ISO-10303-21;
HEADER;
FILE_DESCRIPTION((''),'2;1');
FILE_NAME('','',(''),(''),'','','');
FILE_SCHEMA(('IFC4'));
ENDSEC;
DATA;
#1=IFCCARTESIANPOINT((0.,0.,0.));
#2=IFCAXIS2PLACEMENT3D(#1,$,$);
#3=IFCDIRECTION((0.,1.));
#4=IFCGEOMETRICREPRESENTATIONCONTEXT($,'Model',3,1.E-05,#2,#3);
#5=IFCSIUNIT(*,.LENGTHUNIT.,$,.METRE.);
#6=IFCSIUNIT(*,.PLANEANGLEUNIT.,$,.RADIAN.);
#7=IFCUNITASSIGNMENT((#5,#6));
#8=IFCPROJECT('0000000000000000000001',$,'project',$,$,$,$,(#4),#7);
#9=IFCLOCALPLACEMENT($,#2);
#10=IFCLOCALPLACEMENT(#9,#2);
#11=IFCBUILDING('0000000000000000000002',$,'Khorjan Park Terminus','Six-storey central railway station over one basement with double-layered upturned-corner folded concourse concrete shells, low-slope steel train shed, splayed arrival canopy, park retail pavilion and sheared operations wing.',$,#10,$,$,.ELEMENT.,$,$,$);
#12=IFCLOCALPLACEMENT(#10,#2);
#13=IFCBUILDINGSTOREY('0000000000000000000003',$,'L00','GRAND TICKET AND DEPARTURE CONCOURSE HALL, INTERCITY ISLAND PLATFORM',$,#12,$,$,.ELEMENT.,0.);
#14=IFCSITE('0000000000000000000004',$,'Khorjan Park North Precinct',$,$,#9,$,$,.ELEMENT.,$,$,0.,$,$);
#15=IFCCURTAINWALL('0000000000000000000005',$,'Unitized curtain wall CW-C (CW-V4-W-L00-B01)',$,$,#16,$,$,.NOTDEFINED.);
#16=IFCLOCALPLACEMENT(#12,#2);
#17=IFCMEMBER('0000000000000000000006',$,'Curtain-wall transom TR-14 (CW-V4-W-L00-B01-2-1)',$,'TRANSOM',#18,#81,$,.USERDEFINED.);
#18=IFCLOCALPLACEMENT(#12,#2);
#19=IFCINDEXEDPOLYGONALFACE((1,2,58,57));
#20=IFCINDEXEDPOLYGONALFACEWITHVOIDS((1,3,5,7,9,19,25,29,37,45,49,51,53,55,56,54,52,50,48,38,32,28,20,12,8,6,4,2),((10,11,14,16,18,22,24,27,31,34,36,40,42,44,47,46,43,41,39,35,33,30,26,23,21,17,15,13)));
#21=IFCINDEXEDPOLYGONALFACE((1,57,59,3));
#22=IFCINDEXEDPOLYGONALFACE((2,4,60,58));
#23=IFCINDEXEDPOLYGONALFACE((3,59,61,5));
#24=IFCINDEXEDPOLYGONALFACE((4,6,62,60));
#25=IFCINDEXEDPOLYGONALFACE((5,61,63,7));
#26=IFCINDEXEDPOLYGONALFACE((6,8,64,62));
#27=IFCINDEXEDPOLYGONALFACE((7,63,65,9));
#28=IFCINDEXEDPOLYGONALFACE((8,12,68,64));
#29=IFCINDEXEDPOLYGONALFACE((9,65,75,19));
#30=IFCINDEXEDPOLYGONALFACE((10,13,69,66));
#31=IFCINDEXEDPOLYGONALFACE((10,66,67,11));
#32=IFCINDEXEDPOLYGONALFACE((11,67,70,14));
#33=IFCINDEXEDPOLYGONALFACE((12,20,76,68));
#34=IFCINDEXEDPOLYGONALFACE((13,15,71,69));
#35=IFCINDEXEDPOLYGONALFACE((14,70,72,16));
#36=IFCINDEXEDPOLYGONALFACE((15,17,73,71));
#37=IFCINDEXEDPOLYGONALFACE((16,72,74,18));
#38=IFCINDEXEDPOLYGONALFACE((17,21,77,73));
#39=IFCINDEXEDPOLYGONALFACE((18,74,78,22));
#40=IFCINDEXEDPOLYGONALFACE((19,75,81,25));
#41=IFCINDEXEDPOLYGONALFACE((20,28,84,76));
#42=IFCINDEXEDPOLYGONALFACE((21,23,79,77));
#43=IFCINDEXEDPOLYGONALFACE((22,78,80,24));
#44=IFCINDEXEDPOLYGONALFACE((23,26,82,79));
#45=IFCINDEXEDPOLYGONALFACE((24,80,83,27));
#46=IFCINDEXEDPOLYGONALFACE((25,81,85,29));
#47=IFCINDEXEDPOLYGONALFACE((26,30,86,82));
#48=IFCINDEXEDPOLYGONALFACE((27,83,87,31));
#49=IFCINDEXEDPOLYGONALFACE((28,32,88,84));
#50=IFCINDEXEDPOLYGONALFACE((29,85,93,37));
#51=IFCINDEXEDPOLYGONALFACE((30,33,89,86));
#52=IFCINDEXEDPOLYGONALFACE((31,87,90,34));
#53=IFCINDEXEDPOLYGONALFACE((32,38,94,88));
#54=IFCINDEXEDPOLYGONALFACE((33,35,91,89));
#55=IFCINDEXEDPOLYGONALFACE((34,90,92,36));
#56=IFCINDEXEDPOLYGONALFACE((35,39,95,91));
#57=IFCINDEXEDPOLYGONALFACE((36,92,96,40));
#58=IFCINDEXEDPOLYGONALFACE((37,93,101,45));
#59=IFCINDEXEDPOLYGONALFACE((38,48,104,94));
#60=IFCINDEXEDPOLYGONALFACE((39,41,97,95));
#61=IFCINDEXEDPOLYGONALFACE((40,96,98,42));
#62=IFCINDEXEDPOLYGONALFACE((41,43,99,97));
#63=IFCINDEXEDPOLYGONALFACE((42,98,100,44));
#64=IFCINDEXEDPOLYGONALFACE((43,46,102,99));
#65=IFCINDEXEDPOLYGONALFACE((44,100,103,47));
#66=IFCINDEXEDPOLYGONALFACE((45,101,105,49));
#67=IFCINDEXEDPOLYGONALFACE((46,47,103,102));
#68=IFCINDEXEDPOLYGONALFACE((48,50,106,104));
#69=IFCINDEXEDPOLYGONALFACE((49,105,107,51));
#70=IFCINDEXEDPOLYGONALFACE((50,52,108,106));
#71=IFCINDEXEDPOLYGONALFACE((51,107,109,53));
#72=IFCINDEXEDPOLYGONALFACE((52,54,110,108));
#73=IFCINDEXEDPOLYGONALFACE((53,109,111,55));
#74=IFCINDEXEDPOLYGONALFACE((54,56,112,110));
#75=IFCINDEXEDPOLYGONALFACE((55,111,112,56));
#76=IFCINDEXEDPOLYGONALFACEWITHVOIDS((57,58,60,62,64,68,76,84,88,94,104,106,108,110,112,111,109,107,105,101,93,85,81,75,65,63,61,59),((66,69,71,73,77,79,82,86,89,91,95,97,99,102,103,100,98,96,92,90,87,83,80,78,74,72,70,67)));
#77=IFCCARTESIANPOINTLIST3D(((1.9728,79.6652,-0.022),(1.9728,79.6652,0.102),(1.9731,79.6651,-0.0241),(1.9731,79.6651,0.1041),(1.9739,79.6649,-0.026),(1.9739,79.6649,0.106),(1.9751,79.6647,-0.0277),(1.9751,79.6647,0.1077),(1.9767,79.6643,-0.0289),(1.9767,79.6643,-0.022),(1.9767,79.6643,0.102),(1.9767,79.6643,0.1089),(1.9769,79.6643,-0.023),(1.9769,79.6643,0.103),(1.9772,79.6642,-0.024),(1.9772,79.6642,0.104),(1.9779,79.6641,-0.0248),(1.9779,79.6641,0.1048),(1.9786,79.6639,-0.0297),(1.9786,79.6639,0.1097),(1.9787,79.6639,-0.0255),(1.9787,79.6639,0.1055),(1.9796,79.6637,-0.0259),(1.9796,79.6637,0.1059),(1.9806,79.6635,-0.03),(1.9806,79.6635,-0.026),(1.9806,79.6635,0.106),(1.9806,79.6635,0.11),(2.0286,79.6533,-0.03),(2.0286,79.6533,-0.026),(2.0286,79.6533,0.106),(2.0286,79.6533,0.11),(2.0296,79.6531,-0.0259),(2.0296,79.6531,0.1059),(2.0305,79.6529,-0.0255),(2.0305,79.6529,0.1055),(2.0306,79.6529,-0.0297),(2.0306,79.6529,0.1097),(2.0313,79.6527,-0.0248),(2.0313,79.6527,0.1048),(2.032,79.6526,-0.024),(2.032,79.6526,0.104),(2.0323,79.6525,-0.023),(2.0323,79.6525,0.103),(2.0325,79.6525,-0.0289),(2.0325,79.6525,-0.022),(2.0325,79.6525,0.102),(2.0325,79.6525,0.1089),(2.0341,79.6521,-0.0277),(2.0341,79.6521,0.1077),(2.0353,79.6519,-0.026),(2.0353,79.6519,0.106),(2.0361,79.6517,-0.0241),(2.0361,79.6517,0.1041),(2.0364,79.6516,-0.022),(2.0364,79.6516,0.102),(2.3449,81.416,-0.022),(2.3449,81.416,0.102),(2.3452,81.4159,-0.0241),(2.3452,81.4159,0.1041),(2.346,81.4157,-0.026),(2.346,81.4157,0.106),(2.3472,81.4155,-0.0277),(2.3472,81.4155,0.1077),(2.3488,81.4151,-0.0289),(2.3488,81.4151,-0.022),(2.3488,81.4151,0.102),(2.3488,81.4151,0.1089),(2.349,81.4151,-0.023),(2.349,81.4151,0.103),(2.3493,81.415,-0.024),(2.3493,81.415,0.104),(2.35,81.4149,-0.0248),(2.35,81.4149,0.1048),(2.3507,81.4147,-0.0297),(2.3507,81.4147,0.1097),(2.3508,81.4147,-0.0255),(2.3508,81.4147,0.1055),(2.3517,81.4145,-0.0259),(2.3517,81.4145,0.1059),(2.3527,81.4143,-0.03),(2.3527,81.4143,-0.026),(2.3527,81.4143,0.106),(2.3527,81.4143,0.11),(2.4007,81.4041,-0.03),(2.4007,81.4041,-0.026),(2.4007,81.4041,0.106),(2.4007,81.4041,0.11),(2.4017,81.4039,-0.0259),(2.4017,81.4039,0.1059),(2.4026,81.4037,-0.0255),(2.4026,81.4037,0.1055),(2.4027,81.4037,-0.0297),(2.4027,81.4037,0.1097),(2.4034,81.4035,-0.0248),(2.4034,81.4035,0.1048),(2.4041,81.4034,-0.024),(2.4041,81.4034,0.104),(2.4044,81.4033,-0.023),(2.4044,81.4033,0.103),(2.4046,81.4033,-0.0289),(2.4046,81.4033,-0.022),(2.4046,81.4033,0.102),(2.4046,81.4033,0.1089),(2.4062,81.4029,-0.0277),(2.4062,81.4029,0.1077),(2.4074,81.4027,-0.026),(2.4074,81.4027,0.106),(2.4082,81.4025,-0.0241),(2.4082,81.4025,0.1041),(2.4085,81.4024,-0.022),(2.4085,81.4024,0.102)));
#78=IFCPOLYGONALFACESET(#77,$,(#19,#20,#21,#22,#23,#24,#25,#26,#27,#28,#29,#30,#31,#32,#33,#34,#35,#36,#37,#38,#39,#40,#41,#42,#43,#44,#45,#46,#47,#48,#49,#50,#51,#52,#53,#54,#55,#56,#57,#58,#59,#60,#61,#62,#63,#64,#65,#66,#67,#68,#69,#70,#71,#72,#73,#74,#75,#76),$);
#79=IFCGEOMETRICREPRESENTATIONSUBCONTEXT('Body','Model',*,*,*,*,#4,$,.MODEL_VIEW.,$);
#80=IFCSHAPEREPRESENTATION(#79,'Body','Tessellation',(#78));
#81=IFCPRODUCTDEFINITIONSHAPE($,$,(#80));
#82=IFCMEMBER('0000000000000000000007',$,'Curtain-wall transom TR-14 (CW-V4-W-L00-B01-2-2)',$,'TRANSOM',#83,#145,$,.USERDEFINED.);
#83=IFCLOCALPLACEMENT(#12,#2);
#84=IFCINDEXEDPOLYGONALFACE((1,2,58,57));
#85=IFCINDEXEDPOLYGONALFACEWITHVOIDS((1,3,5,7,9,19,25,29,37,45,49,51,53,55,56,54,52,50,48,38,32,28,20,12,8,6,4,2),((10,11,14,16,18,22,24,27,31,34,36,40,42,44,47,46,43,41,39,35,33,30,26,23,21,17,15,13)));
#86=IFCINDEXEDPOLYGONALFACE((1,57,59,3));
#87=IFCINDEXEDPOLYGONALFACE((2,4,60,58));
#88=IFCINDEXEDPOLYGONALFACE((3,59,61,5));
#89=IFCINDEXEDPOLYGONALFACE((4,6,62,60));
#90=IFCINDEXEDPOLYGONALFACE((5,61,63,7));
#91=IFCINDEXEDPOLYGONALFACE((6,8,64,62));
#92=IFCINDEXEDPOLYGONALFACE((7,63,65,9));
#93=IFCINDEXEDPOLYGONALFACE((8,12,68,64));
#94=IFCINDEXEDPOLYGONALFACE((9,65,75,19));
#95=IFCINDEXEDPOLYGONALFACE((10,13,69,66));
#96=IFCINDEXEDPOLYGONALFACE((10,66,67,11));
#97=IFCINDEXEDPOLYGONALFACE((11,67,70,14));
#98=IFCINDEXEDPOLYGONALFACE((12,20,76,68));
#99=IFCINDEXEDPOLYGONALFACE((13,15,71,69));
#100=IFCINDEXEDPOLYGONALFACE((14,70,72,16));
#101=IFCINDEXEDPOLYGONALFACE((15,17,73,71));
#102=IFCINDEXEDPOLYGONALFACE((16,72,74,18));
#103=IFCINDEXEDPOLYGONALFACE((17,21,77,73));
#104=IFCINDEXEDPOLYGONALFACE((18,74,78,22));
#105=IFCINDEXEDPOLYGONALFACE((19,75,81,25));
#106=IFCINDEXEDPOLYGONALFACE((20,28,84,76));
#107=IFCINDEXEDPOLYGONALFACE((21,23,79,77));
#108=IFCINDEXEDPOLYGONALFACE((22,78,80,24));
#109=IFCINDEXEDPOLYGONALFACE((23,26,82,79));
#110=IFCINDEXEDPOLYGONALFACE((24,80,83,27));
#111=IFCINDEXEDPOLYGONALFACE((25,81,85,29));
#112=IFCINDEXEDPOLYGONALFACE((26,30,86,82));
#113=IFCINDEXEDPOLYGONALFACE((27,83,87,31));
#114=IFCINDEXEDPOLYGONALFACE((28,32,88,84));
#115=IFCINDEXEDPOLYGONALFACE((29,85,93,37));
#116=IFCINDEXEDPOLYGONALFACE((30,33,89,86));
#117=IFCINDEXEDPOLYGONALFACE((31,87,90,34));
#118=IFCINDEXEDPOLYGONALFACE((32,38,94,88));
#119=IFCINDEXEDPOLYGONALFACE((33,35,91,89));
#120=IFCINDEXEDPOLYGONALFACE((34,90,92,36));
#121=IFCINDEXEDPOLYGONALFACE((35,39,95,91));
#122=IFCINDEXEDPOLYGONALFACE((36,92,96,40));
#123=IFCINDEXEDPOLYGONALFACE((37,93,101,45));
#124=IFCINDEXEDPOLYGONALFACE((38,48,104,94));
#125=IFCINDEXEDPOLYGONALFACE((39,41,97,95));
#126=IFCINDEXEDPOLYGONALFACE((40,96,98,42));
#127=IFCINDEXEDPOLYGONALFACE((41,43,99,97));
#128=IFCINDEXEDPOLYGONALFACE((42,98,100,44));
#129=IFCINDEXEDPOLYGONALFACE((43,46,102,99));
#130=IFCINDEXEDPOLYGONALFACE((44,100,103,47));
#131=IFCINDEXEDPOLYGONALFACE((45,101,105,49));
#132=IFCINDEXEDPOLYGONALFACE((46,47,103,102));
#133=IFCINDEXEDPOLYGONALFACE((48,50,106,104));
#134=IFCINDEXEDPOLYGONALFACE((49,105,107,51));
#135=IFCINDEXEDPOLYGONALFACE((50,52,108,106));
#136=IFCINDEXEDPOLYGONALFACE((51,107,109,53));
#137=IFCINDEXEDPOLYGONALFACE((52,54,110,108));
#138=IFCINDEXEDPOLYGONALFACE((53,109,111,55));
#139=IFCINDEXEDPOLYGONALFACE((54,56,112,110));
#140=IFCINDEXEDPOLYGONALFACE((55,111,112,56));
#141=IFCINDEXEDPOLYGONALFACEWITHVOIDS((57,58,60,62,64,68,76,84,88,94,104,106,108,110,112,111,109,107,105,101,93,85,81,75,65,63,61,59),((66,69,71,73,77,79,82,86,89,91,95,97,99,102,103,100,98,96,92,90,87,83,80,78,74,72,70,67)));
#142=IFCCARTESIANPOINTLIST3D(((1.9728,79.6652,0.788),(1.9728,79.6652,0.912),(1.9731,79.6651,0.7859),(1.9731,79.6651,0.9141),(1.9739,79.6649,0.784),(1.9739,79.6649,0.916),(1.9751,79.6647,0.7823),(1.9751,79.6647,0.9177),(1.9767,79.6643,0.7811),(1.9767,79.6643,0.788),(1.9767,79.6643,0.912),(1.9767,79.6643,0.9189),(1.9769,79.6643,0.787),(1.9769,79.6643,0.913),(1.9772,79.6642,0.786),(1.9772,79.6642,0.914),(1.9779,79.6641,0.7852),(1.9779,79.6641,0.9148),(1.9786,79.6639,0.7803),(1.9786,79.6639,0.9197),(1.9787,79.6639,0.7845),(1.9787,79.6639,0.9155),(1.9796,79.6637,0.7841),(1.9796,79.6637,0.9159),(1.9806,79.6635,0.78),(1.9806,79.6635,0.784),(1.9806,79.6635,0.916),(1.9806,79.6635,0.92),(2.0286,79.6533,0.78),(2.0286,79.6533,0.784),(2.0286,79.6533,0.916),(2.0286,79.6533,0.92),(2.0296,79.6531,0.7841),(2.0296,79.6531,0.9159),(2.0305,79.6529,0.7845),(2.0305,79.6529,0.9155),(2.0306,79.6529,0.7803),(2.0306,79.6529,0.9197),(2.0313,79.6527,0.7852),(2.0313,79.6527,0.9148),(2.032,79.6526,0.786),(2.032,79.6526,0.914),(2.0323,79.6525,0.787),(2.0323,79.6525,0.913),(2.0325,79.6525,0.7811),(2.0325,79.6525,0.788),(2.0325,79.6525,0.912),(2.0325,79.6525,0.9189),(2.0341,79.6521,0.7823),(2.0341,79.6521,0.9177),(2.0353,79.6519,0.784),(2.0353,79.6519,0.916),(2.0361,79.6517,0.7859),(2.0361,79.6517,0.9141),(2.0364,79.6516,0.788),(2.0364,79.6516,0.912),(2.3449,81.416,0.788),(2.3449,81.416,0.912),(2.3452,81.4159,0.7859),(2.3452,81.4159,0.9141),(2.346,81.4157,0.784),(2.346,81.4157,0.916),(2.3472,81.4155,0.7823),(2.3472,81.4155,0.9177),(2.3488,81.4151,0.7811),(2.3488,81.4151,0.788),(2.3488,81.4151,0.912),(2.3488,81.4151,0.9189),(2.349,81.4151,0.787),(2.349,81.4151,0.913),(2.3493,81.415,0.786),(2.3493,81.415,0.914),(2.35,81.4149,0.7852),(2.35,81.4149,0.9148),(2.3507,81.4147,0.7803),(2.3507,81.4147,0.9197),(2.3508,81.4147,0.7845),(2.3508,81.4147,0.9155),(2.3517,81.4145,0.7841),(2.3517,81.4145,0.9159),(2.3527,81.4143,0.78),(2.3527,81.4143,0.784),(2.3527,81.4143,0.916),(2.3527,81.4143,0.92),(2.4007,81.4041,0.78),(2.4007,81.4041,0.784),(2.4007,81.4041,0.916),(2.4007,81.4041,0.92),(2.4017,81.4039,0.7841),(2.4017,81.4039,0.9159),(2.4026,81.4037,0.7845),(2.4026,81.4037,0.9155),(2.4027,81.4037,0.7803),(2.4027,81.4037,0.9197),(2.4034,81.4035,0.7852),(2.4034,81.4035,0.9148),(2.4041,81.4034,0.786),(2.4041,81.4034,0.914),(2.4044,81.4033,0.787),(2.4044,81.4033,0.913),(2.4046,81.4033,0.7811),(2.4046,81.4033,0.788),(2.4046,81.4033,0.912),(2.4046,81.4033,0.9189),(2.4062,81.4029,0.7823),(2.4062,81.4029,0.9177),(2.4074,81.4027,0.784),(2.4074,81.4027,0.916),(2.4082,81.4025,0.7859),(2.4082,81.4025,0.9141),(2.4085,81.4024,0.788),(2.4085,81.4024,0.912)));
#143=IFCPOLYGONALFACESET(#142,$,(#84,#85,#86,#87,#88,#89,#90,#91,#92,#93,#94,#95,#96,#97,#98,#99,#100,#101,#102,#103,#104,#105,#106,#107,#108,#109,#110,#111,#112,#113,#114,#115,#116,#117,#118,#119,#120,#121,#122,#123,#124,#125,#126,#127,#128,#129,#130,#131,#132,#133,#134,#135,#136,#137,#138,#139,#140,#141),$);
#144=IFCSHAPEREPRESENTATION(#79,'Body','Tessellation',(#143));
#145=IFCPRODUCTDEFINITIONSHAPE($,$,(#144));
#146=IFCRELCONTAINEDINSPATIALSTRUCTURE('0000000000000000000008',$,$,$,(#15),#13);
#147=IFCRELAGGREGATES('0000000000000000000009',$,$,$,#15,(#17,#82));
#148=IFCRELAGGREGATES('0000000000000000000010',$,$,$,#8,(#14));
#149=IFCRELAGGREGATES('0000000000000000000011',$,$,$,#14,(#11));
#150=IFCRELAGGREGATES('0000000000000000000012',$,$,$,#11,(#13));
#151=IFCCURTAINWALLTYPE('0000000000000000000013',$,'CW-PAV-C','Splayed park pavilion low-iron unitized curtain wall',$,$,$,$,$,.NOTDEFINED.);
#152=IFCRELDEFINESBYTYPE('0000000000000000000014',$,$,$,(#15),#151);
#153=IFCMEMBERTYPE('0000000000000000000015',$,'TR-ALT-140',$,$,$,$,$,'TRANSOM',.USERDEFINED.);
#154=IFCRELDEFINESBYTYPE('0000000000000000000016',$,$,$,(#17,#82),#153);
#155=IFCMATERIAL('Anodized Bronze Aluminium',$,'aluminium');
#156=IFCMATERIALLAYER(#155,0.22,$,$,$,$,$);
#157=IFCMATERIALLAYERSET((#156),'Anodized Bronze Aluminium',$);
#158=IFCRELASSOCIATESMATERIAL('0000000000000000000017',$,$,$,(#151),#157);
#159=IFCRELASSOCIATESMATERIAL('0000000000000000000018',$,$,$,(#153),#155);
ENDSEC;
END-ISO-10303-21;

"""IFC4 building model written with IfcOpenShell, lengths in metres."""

from ifc_helpers import new_model, si_unit, direction, frame, origin, origin_2d, place, context, subcontext, project, spatial, hollow_rectangle, extrude, material, layer, layer_set, material_profile, profile_set, type_object, element, aggregate, save


model = new_model("IFC4")

# Units and contexts
model_context = context("Model", 3, precision=1e-05, world=origin(), true_north=direction((0.0, 1.0)))
body_context = subcontext(model_context, "Body", "Model", "MODEL_VIEW")
ifc_project = project(units=[si_unit("LENGTHUNIT", "METRE"), si_unit("PLANEANGLEUNIT", "RADIAN")], contexts=[model_context])

# Site, building, storey
site_placement = place(None, origin())
site = spatial("IfcSite", under=ifc_project, at=site_placement, Name="Khorjan Park North Precinct", CompositionType="ELEMENT", RefElevation=0.0)
building_placement = place(site_placement, origin())
building = spatial("IfcBuilding", under=site, at=building_placement, Name="Khorjan Park Terminus", Description="Six-storey central railway station over one basement with double-layered upturned-corner folded concourse concrete shells, low-slope steel train shed, splayed arrival canopy, park retail pavilion and sheared operations wing.", CompositionType="ELEMENT")
storey_placement = place(building_placement, origin())
storey = spatial("IfcBuildingStorey", under=building, at=storey_placement, Name="L00", Description="GRAND TICKET AND DEPARTURE CONCOURSE HALL, INTERCITY ISLAND PLATFORM", CompositionType="ELEMENT", Elevation=0.0)

# Curtain wall, members
ifc_material_1 = material(Name="Anodized Bronze Aluminium", Category="aluminium")
ifc_layer_1 = layer(ifc_material_1, 0.22)
ifc_layer_set_1 = layer_set([ifc_layer_1], Name="Anodized Bronze Aluminium")
curtain_wall_type = type_object("IfcCurtainWallType", Name="CW-PAV-C", Description="Splayed park pavilion low-iron unitized curtain wall", PredefinedType="NOTDEFINED", material=ifc_layer_set_1)
curtain_wall_placement = place(storey_placement, origin())
curtain_wall = element("IfcCurtainWall", 1, at=curtain_wall_placement, inside=storey, type_object=curtain_wall_type, Name="Unitized curtain wall CW-C (CW-V4-W-L00-B01)", PredefinedType="NOTDEFINED")
ifc_material_profile_1 = material_profile(ifc_material_1, hollow_rectangle(XDim=0.065, YDim=0.14, WallThickness=0.004, InnerFilletRadius=0.004, OuterFilletRadius=0.008, at=origin_2d()), Name="ALT 65x140x4")
ifc_profile_set_1 = profile_set([ifc_material_profile_1], Name="Anodized Bronze Aluminium")
member_type_1 = type_object("IfcMemberType", Name="TR-ALT-140", ElementType="TRANSOM", PredefinedType="USERDEFINED", material=ifc_profile_set_1)
member_1_placement = place(storey_placement, frame((2.3767, 81.4092, 0.04), z_axis=(-0.207888, -0.978153, 0.0), x_axis=(0.978153, -0.207888, 0.0)))
member_1 = element("IfcMember", 2, at=member_1_placement, type_object=member_type_1, Name="Curtain-wall transom TR-14 (CW-V4-W-L00-B01-2-1)", ObjectType="TRANSOM", PredefinedType="USERDEFINED", context=body_context, shape_type="SweptSolid", body=[
    extrude(hollow_rectangle(XDim=0.065, YDim=0.14, WallThickness=0.004, InnerFilletRadius=0.004, OuterFilletRadius=0.008, at=origin_2d()), origin(), (0.0, 0.0, 1.0), 1.7899),
])
member_2_placement = place(storey_placement, frame((2.3767, 81.4092, 0.85), z_axis=(-0.207888, -0.978153, 0.0), x_axis=(0.978153, -0.207888, 0.0)))
member_2 = element("IfcMember", 3, at=member_2_placement, type_object=member_type_1, Name="Curtain-wall transom TR-14 (CW-V4-W-L00-B01-2-2)", ObjectType="TRANSOM", PredefinedType="USERDEFINED", context=body_context, shape_type="SweptSolid", body=[
    extrude(hollow_rectangle(XDim=0.065, YDim=0.14, WallThickness=0.004, InnerFilletRadius=0.004, OuterFilletRadius=0.008, at=origin_2d()), origin(), (0.0, 0.0, 1.0), 1.7899),
])
aggregate(curtain_wall, [member_1, member_2])

save(model, "model.ifc")
